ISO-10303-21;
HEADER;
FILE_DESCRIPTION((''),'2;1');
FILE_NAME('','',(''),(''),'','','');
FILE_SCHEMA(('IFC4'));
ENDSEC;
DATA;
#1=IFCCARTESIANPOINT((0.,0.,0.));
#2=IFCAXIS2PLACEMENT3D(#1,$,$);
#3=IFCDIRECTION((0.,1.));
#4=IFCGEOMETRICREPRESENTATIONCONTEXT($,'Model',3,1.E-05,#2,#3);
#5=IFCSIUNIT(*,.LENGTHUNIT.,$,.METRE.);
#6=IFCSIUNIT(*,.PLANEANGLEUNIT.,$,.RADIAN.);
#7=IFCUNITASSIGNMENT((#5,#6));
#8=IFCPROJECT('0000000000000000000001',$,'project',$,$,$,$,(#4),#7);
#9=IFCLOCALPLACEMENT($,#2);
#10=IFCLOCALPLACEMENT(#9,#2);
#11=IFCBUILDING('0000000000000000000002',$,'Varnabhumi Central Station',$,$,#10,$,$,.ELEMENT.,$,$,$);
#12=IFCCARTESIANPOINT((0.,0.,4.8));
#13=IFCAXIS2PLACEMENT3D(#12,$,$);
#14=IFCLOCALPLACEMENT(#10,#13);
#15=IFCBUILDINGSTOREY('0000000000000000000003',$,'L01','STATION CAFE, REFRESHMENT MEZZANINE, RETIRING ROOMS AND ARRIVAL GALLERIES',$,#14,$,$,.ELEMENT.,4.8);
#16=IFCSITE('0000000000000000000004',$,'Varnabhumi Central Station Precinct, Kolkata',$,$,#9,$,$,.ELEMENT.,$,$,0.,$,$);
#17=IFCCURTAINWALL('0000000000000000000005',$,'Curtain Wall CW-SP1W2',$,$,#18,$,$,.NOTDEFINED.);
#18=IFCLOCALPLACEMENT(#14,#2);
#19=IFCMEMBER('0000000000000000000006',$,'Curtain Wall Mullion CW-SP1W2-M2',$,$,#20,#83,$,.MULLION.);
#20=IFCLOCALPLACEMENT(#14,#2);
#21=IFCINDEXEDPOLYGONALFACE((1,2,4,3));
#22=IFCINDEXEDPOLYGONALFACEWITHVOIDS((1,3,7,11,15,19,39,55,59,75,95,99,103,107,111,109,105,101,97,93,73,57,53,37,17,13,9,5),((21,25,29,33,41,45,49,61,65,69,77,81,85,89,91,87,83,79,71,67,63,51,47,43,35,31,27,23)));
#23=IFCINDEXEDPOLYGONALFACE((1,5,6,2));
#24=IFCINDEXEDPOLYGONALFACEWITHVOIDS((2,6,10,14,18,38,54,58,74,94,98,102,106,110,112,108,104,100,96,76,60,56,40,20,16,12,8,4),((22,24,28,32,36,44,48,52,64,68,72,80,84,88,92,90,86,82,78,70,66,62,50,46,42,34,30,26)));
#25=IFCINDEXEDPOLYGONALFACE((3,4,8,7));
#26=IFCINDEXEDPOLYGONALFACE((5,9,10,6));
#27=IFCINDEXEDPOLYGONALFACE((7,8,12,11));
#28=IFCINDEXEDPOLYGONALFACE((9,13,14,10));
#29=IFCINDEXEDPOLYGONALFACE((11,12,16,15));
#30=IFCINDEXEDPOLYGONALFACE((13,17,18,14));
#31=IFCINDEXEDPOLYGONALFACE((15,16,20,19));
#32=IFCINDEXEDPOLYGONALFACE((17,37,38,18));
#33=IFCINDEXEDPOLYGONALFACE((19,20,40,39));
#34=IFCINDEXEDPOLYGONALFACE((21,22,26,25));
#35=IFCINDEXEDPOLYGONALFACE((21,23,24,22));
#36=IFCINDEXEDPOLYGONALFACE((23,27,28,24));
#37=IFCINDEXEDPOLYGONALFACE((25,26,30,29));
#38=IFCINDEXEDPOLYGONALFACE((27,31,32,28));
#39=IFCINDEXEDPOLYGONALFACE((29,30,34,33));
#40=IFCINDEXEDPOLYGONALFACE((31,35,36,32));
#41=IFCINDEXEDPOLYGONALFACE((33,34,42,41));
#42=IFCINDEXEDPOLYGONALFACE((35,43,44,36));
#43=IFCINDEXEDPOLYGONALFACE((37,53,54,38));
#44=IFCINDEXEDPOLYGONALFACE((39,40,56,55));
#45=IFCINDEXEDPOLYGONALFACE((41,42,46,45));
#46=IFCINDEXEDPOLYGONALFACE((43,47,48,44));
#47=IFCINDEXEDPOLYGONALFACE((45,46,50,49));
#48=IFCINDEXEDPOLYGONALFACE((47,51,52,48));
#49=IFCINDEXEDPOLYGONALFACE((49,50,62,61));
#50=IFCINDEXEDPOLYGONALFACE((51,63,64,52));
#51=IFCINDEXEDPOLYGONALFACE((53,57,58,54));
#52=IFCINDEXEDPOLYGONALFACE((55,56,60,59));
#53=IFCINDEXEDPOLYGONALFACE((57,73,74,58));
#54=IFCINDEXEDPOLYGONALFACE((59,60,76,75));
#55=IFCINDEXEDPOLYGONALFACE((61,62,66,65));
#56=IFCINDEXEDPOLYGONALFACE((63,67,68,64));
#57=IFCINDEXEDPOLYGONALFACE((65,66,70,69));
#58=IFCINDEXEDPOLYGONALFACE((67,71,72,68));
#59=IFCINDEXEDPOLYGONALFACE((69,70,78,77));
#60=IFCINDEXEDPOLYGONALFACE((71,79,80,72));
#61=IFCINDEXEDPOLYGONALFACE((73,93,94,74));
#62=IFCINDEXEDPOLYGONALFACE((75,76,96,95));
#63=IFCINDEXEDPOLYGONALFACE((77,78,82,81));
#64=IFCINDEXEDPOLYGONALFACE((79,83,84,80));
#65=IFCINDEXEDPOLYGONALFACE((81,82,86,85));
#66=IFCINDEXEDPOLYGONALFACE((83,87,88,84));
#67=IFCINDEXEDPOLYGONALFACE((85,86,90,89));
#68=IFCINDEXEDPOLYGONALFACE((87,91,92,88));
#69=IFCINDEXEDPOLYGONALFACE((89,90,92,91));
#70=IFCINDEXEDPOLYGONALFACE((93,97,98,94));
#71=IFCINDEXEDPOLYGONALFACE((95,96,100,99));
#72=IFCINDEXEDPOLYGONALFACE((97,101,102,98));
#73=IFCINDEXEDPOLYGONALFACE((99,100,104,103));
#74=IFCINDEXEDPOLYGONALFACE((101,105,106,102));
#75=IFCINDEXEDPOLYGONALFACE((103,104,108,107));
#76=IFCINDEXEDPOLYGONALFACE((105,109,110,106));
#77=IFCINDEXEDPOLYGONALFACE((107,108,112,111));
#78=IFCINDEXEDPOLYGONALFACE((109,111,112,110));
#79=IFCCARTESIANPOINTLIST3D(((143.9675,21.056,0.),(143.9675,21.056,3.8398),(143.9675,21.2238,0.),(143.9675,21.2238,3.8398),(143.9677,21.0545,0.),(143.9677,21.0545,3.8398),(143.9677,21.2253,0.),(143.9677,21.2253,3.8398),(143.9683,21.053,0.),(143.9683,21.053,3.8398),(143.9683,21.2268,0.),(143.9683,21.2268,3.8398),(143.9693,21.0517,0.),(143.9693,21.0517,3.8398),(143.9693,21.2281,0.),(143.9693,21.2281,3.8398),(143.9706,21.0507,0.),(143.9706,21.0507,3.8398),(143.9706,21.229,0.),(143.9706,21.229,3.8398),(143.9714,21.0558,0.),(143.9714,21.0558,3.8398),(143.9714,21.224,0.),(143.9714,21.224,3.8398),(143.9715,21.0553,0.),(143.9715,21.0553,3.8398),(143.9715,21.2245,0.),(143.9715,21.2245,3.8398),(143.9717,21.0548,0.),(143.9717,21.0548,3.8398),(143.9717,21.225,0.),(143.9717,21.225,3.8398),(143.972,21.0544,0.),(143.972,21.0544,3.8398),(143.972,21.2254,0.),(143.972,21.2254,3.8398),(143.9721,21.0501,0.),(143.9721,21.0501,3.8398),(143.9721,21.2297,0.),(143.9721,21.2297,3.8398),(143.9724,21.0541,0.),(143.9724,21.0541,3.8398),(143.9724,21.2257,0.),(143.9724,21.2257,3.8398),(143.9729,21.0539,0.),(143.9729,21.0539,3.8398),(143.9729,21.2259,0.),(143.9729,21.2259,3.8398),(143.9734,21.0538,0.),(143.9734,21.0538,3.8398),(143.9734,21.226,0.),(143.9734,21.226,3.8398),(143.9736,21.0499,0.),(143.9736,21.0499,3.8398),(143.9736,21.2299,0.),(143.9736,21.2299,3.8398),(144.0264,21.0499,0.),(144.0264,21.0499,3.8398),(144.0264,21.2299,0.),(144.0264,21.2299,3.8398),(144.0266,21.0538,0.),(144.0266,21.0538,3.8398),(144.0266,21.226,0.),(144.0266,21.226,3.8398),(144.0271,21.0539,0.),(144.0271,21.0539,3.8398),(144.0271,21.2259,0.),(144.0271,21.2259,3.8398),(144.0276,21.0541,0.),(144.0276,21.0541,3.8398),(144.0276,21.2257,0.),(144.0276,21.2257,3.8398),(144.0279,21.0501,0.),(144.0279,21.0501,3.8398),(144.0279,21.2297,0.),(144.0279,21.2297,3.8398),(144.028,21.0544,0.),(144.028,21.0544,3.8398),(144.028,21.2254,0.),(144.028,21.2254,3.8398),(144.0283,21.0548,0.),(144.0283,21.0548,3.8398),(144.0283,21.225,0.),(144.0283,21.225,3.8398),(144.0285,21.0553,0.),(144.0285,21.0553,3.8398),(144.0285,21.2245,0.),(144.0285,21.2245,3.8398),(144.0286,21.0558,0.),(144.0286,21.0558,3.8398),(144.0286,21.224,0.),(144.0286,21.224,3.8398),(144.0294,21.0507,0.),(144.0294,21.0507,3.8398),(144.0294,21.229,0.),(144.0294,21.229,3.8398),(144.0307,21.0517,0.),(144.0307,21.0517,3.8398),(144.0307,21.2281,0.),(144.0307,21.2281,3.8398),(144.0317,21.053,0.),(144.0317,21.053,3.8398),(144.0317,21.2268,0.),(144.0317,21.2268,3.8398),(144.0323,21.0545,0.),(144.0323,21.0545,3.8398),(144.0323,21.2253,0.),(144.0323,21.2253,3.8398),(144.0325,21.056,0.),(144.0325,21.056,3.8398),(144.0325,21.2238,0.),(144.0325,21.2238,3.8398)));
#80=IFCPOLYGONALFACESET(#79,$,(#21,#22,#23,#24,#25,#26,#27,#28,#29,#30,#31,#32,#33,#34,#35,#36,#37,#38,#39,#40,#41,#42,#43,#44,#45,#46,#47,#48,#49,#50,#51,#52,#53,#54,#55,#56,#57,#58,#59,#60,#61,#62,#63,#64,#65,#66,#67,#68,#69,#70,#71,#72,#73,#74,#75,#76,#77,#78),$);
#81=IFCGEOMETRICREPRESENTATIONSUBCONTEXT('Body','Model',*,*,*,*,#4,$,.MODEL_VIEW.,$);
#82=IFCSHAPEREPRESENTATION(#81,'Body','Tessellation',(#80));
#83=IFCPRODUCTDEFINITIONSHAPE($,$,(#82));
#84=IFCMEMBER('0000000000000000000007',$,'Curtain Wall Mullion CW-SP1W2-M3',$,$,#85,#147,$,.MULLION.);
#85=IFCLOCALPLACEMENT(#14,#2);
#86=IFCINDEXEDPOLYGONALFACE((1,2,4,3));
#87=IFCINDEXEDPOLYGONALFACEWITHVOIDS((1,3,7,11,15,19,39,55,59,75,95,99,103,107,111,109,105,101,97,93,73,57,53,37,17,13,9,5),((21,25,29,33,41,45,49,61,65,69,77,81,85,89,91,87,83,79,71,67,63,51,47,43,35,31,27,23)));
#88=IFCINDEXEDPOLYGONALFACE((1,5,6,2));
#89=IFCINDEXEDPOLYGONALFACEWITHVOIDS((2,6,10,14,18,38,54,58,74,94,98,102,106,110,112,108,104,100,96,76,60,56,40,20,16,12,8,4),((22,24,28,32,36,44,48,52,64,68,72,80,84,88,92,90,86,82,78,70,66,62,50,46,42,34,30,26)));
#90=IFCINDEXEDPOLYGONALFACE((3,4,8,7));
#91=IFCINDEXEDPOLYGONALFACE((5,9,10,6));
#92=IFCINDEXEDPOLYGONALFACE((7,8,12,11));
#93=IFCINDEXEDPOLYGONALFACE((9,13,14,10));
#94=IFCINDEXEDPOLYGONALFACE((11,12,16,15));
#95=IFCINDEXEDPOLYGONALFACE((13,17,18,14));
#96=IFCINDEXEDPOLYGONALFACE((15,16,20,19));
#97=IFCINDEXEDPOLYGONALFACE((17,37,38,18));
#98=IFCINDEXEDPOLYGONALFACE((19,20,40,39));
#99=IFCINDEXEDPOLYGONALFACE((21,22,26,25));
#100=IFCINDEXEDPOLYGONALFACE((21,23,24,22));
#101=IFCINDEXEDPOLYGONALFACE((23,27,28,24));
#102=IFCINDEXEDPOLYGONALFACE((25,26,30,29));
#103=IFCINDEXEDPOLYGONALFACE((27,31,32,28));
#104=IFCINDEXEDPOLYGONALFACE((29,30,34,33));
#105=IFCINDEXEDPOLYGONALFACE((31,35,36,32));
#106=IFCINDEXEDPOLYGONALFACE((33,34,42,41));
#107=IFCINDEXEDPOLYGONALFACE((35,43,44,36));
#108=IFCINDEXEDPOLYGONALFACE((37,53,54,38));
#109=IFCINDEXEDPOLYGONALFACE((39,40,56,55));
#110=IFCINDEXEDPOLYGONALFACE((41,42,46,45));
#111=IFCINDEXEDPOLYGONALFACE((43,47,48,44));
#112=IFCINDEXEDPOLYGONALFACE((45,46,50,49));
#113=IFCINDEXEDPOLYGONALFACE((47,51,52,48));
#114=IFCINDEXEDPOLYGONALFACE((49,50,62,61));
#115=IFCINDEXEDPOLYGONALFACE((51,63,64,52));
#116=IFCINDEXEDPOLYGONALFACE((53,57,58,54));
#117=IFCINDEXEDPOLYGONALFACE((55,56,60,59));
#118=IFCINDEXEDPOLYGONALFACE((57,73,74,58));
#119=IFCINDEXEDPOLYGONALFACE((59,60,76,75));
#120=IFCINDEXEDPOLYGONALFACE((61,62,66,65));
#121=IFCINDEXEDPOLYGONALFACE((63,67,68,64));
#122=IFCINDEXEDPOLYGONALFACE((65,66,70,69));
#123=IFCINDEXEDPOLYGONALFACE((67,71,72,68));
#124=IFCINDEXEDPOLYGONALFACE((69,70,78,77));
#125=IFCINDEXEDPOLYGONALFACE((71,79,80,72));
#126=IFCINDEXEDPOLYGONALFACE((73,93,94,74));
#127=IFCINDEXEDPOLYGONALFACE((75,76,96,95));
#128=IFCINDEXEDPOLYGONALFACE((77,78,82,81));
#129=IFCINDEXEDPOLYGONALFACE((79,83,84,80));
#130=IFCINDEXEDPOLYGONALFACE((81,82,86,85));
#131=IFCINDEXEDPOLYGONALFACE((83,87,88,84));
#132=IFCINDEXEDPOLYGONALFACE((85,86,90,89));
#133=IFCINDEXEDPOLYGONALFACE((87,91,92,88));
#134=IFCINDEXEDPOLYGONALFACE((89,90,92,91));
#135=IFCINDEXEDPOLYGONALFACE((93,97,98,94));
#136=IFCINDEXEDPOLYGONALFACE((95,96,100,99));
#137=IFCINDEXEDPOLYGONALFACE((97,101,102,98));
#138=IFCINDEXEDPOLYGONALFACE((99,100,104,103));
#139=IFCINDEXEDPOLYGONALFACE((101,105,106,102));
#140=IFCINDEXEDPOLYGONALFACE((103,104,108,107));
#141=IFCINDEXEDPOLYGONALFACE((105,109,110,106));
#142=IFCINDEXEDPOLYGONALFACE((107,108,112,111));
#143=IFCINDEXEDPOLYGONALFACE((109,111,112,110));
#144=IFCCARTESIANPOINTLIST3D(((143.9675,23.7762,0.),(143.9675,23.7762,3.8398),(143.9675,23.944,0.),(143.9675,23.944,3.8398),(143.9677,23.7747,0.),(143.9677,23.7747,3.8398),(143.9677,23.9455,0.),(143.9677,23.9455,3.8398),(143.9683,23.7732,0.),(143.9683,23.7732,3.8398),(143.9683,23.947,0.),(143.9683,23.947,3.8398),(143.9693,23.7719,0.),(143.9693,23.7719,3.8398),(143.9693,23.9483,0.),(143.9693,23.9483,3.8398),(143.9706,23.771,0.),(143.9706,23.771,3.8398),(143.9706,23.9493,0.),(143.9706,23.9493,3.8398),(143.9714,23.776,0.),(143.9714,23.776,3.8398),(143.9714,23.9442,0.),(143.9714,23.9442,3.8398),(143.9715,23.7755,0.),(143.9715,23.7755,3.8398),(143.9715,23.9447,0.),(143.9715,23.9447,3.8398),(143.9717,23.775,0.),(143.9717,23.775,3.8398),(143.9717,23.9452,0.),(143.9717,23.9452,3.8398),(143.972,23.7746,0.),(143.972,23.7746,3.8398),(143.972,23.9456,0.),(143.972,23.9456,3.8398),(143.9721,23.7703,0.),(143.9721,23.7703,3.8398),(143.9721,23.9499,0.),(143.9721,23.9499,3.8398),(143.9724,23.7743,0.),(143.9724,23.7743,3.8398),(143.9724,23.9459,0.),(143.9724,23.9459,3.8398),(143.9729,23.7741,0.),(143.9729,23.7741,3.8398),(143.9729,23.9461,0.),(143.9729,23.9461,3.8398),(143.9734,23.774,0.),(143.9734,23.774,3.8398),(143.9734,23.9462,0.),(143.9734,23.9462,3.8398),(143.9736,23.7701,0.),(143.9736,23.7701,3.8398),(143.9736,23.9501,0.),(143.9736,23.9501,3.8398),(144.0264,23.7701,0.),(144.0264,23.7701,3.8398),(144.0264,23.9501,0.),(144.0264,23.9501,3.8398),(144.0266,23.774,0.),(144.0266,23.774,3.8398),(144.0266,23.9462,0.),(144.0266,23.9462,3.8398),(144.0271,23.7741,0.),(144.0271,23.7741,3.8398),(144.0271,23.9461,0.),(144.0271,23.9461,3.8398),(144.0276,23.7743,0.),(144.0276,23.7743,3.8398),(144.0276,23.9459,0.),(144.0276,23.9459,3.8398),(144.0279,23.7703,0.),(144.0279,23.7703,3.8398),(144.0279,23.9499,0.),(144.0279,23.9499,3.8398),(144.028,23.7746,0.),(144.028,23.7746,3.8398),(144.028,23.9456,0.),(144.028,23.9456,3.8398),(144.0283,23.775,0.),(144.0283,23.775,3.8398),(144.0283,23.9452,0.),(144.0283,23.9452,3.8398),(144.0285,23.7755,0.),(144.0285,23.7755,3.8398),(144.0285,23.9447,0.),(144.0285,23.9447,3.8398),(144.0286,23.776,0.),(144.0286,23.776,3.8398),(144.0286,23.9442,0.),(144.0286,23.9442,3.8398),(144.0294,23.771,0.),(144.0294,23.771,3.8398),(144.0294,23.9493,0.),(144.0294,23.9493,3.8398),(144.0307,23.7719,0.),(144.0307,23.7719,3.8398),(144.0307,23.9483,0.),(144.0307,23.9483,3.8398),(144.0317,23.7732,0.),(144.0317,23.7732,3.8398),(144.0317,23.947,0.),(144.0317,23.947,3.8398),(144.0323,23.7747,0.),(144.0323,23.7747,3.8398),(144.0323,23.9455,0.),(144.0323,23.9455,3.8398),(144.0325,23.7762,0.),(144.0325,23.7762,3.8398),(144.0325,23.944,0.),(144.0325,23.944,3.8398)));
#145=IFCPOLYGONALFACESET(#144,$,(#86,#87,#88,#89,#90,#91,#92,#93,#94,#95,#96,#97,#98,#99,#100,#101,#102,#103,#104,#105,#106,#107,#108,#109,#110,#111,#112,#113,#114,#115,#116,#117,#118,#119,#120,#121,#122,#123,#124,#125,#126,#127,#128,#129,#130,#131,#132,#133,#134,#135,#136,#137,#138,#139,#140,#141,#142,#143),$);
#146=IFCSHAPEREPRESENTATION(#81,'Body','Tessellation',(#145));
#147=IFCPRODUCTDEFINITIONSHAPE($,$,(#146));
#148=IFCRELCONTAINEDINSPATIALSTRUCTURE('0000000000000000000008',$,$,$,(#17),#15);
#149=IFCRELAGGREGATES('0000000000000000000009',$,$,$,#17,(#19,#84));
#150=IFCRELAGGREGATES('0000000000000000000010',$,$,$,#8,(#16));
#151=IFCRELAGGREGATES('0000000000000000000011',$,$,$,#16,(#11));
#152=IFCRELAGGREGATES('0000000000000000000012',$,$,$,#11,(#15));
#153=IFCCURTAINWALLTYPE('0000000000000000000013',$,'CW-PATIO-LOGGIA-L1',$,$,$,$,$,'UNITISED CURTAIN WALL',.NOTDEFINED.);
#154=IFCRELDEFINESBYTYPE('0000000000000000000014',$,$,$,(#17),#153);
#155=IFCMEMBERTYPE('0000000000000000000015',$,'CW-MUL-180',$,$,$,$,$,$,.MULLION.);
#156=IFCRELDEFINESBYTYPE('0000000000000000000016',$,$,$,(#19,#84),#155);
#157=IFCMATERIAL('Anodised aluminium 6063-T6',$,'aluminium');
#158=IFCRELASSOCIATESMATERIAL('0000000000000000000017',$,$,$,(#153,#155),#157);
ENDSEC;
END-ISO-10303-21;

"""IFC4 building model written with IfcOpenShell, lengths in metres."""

from ifc_helpers import new_model, si_unit, direction, frame, origin, origin_2d, place, context, subcontext, project, spatial, hollow_rectangle, extrude, material, material_profile, profile_set, type_object, element, aggregate, save


model = new_model("IFC4")

# Units and contexts
model_context = context("Model", 3, precision=1e-05, world=origin(), true_north=direction((0.0, 1.0)))
body_context = subcontext(model_context, "Body", "Model", "MODEL_VIEW")
ifc_project = project(units=[si_unit("LENGTHUNIT", "METRE"), si_unit("PLANEANGLEUNIT", "RADIAN")], contexts=[model_context])

# Site, building, storey
site_placement = place(None, origin())
site = spatial("IfcSite", under=ifc_project, at=site_placement, Name="Varnabhumi Central Station Precinct, Kolkata", CompositionType="ELEMENT", RefElevation=0.0)
building_placement = place(site_placement, origin())
building = spatial("IfcBuilding", under=site, at=building_placement, Name="Varnabhumi Central Station", CompositionType="ELEMENT")
storey_placement = place(building_placement, frame((0.0, 0.0, 4.8)))
storey = spatial("IfcBuildingStorey", under=building, at=storey_placement, Name="L01", Description="STATION CAFE, REFRESHMENT MEZZANINE, RETIRING ROOMS AND ARRIVAL GALLERIES", CompositionType="ELEMENT", Elevation=4.8)

# Curtain wall, members
ifc_material_1 = material(Name="Anodised aluminium 6063-T6", Category="aluminium")
curtain_wall_type = type_object("IfcCurtainWallType", Name="CW-PATIO-LOGGIA-L1", ElementType="UNITISED CURTAIN WALL", PredefinedType="NOTDEFINED", material=ifc_material_1)
ifc_material_profile_1 = material_profile(ifc_material_1, hollow_rectangle(XDim=0.0649, YDim=0.1799, WallThickness=0.0039, InnerFilletRadius=0.002, OuterFilletRadius=0.0061, at=origin_2d()), Name="Anodised aluminium 6063-T6", Category="aluminium")
ifc_profile_set_1 = profile_set([ifc_material_profile_1], Name="Anodised aluminium 6063-T6")
member_type_1 = type_object("IfcMemberType", Name="CW-MUL-180", PredefinedType="MULLION", material=ifc_profile_set_1)
curtain_wall_1_placement = place(storey_placement, origin())
curtain_wall_1 = element("IfcCurtainWall", 1, at=curtain_wall_1_placement, inside=storey, type_object=curtain_wall_type, Name="Curtain Wall CW-SP1W2", PredefinedType="NOTDEFINED")
member_1_placement = place(storey_placement, frame((144.0, 21.1399, 0.0), z_axis=(0.0, 0.0, 1.0), x_axis=(1.0, 0.0, 0.0)))
member_1 = element("IfcMember", 2, at=member_1_placement, type_object=member_type_1, Name="Curtain Wall Mullion CW-SP1W2-M2", PredefinedType="MULLION", context=body_context, shape_type="SweptSolid", body=[
    extrude(hollow_rectangle(XDim=0.0649, YDim=0.1799, WallThickness=0.0039, InnerFilletRadius=0.002, OuterFilletRadius=0.0061, at=origin_2d()), origin(), (0.0, 0.0, 1.0), 3.8398),
])
member_2_placement = place(storey_placement, frame((144.0, 23.8601, 0.0), z_axis=(0.0, 0.0, 1.0), x_axis=(1.0, 0.0, 0.0)))
member_2 = element("IfcMember", 3, at=member_2_placement, type_object=member_type_1, Name="Curtain Wall Mullion CW-SP1W2-M3", PredefinedType="MULLION", context=body_context, shape_type="SweptSolid", body=[
    extrude(hollow_rectangle(XDim=0.0649, YDim=0.1799, WallThickness=0.0039, InnerFilletRadius=0.002, OuterFilletRadius=0.0061, at=origin_2d()), origin(), (0.0, 0.0, 1.0), 3.8398),
])

aggregate(curtain_wall_1, [member_1, member_2])

save(model, "model.ifc")
